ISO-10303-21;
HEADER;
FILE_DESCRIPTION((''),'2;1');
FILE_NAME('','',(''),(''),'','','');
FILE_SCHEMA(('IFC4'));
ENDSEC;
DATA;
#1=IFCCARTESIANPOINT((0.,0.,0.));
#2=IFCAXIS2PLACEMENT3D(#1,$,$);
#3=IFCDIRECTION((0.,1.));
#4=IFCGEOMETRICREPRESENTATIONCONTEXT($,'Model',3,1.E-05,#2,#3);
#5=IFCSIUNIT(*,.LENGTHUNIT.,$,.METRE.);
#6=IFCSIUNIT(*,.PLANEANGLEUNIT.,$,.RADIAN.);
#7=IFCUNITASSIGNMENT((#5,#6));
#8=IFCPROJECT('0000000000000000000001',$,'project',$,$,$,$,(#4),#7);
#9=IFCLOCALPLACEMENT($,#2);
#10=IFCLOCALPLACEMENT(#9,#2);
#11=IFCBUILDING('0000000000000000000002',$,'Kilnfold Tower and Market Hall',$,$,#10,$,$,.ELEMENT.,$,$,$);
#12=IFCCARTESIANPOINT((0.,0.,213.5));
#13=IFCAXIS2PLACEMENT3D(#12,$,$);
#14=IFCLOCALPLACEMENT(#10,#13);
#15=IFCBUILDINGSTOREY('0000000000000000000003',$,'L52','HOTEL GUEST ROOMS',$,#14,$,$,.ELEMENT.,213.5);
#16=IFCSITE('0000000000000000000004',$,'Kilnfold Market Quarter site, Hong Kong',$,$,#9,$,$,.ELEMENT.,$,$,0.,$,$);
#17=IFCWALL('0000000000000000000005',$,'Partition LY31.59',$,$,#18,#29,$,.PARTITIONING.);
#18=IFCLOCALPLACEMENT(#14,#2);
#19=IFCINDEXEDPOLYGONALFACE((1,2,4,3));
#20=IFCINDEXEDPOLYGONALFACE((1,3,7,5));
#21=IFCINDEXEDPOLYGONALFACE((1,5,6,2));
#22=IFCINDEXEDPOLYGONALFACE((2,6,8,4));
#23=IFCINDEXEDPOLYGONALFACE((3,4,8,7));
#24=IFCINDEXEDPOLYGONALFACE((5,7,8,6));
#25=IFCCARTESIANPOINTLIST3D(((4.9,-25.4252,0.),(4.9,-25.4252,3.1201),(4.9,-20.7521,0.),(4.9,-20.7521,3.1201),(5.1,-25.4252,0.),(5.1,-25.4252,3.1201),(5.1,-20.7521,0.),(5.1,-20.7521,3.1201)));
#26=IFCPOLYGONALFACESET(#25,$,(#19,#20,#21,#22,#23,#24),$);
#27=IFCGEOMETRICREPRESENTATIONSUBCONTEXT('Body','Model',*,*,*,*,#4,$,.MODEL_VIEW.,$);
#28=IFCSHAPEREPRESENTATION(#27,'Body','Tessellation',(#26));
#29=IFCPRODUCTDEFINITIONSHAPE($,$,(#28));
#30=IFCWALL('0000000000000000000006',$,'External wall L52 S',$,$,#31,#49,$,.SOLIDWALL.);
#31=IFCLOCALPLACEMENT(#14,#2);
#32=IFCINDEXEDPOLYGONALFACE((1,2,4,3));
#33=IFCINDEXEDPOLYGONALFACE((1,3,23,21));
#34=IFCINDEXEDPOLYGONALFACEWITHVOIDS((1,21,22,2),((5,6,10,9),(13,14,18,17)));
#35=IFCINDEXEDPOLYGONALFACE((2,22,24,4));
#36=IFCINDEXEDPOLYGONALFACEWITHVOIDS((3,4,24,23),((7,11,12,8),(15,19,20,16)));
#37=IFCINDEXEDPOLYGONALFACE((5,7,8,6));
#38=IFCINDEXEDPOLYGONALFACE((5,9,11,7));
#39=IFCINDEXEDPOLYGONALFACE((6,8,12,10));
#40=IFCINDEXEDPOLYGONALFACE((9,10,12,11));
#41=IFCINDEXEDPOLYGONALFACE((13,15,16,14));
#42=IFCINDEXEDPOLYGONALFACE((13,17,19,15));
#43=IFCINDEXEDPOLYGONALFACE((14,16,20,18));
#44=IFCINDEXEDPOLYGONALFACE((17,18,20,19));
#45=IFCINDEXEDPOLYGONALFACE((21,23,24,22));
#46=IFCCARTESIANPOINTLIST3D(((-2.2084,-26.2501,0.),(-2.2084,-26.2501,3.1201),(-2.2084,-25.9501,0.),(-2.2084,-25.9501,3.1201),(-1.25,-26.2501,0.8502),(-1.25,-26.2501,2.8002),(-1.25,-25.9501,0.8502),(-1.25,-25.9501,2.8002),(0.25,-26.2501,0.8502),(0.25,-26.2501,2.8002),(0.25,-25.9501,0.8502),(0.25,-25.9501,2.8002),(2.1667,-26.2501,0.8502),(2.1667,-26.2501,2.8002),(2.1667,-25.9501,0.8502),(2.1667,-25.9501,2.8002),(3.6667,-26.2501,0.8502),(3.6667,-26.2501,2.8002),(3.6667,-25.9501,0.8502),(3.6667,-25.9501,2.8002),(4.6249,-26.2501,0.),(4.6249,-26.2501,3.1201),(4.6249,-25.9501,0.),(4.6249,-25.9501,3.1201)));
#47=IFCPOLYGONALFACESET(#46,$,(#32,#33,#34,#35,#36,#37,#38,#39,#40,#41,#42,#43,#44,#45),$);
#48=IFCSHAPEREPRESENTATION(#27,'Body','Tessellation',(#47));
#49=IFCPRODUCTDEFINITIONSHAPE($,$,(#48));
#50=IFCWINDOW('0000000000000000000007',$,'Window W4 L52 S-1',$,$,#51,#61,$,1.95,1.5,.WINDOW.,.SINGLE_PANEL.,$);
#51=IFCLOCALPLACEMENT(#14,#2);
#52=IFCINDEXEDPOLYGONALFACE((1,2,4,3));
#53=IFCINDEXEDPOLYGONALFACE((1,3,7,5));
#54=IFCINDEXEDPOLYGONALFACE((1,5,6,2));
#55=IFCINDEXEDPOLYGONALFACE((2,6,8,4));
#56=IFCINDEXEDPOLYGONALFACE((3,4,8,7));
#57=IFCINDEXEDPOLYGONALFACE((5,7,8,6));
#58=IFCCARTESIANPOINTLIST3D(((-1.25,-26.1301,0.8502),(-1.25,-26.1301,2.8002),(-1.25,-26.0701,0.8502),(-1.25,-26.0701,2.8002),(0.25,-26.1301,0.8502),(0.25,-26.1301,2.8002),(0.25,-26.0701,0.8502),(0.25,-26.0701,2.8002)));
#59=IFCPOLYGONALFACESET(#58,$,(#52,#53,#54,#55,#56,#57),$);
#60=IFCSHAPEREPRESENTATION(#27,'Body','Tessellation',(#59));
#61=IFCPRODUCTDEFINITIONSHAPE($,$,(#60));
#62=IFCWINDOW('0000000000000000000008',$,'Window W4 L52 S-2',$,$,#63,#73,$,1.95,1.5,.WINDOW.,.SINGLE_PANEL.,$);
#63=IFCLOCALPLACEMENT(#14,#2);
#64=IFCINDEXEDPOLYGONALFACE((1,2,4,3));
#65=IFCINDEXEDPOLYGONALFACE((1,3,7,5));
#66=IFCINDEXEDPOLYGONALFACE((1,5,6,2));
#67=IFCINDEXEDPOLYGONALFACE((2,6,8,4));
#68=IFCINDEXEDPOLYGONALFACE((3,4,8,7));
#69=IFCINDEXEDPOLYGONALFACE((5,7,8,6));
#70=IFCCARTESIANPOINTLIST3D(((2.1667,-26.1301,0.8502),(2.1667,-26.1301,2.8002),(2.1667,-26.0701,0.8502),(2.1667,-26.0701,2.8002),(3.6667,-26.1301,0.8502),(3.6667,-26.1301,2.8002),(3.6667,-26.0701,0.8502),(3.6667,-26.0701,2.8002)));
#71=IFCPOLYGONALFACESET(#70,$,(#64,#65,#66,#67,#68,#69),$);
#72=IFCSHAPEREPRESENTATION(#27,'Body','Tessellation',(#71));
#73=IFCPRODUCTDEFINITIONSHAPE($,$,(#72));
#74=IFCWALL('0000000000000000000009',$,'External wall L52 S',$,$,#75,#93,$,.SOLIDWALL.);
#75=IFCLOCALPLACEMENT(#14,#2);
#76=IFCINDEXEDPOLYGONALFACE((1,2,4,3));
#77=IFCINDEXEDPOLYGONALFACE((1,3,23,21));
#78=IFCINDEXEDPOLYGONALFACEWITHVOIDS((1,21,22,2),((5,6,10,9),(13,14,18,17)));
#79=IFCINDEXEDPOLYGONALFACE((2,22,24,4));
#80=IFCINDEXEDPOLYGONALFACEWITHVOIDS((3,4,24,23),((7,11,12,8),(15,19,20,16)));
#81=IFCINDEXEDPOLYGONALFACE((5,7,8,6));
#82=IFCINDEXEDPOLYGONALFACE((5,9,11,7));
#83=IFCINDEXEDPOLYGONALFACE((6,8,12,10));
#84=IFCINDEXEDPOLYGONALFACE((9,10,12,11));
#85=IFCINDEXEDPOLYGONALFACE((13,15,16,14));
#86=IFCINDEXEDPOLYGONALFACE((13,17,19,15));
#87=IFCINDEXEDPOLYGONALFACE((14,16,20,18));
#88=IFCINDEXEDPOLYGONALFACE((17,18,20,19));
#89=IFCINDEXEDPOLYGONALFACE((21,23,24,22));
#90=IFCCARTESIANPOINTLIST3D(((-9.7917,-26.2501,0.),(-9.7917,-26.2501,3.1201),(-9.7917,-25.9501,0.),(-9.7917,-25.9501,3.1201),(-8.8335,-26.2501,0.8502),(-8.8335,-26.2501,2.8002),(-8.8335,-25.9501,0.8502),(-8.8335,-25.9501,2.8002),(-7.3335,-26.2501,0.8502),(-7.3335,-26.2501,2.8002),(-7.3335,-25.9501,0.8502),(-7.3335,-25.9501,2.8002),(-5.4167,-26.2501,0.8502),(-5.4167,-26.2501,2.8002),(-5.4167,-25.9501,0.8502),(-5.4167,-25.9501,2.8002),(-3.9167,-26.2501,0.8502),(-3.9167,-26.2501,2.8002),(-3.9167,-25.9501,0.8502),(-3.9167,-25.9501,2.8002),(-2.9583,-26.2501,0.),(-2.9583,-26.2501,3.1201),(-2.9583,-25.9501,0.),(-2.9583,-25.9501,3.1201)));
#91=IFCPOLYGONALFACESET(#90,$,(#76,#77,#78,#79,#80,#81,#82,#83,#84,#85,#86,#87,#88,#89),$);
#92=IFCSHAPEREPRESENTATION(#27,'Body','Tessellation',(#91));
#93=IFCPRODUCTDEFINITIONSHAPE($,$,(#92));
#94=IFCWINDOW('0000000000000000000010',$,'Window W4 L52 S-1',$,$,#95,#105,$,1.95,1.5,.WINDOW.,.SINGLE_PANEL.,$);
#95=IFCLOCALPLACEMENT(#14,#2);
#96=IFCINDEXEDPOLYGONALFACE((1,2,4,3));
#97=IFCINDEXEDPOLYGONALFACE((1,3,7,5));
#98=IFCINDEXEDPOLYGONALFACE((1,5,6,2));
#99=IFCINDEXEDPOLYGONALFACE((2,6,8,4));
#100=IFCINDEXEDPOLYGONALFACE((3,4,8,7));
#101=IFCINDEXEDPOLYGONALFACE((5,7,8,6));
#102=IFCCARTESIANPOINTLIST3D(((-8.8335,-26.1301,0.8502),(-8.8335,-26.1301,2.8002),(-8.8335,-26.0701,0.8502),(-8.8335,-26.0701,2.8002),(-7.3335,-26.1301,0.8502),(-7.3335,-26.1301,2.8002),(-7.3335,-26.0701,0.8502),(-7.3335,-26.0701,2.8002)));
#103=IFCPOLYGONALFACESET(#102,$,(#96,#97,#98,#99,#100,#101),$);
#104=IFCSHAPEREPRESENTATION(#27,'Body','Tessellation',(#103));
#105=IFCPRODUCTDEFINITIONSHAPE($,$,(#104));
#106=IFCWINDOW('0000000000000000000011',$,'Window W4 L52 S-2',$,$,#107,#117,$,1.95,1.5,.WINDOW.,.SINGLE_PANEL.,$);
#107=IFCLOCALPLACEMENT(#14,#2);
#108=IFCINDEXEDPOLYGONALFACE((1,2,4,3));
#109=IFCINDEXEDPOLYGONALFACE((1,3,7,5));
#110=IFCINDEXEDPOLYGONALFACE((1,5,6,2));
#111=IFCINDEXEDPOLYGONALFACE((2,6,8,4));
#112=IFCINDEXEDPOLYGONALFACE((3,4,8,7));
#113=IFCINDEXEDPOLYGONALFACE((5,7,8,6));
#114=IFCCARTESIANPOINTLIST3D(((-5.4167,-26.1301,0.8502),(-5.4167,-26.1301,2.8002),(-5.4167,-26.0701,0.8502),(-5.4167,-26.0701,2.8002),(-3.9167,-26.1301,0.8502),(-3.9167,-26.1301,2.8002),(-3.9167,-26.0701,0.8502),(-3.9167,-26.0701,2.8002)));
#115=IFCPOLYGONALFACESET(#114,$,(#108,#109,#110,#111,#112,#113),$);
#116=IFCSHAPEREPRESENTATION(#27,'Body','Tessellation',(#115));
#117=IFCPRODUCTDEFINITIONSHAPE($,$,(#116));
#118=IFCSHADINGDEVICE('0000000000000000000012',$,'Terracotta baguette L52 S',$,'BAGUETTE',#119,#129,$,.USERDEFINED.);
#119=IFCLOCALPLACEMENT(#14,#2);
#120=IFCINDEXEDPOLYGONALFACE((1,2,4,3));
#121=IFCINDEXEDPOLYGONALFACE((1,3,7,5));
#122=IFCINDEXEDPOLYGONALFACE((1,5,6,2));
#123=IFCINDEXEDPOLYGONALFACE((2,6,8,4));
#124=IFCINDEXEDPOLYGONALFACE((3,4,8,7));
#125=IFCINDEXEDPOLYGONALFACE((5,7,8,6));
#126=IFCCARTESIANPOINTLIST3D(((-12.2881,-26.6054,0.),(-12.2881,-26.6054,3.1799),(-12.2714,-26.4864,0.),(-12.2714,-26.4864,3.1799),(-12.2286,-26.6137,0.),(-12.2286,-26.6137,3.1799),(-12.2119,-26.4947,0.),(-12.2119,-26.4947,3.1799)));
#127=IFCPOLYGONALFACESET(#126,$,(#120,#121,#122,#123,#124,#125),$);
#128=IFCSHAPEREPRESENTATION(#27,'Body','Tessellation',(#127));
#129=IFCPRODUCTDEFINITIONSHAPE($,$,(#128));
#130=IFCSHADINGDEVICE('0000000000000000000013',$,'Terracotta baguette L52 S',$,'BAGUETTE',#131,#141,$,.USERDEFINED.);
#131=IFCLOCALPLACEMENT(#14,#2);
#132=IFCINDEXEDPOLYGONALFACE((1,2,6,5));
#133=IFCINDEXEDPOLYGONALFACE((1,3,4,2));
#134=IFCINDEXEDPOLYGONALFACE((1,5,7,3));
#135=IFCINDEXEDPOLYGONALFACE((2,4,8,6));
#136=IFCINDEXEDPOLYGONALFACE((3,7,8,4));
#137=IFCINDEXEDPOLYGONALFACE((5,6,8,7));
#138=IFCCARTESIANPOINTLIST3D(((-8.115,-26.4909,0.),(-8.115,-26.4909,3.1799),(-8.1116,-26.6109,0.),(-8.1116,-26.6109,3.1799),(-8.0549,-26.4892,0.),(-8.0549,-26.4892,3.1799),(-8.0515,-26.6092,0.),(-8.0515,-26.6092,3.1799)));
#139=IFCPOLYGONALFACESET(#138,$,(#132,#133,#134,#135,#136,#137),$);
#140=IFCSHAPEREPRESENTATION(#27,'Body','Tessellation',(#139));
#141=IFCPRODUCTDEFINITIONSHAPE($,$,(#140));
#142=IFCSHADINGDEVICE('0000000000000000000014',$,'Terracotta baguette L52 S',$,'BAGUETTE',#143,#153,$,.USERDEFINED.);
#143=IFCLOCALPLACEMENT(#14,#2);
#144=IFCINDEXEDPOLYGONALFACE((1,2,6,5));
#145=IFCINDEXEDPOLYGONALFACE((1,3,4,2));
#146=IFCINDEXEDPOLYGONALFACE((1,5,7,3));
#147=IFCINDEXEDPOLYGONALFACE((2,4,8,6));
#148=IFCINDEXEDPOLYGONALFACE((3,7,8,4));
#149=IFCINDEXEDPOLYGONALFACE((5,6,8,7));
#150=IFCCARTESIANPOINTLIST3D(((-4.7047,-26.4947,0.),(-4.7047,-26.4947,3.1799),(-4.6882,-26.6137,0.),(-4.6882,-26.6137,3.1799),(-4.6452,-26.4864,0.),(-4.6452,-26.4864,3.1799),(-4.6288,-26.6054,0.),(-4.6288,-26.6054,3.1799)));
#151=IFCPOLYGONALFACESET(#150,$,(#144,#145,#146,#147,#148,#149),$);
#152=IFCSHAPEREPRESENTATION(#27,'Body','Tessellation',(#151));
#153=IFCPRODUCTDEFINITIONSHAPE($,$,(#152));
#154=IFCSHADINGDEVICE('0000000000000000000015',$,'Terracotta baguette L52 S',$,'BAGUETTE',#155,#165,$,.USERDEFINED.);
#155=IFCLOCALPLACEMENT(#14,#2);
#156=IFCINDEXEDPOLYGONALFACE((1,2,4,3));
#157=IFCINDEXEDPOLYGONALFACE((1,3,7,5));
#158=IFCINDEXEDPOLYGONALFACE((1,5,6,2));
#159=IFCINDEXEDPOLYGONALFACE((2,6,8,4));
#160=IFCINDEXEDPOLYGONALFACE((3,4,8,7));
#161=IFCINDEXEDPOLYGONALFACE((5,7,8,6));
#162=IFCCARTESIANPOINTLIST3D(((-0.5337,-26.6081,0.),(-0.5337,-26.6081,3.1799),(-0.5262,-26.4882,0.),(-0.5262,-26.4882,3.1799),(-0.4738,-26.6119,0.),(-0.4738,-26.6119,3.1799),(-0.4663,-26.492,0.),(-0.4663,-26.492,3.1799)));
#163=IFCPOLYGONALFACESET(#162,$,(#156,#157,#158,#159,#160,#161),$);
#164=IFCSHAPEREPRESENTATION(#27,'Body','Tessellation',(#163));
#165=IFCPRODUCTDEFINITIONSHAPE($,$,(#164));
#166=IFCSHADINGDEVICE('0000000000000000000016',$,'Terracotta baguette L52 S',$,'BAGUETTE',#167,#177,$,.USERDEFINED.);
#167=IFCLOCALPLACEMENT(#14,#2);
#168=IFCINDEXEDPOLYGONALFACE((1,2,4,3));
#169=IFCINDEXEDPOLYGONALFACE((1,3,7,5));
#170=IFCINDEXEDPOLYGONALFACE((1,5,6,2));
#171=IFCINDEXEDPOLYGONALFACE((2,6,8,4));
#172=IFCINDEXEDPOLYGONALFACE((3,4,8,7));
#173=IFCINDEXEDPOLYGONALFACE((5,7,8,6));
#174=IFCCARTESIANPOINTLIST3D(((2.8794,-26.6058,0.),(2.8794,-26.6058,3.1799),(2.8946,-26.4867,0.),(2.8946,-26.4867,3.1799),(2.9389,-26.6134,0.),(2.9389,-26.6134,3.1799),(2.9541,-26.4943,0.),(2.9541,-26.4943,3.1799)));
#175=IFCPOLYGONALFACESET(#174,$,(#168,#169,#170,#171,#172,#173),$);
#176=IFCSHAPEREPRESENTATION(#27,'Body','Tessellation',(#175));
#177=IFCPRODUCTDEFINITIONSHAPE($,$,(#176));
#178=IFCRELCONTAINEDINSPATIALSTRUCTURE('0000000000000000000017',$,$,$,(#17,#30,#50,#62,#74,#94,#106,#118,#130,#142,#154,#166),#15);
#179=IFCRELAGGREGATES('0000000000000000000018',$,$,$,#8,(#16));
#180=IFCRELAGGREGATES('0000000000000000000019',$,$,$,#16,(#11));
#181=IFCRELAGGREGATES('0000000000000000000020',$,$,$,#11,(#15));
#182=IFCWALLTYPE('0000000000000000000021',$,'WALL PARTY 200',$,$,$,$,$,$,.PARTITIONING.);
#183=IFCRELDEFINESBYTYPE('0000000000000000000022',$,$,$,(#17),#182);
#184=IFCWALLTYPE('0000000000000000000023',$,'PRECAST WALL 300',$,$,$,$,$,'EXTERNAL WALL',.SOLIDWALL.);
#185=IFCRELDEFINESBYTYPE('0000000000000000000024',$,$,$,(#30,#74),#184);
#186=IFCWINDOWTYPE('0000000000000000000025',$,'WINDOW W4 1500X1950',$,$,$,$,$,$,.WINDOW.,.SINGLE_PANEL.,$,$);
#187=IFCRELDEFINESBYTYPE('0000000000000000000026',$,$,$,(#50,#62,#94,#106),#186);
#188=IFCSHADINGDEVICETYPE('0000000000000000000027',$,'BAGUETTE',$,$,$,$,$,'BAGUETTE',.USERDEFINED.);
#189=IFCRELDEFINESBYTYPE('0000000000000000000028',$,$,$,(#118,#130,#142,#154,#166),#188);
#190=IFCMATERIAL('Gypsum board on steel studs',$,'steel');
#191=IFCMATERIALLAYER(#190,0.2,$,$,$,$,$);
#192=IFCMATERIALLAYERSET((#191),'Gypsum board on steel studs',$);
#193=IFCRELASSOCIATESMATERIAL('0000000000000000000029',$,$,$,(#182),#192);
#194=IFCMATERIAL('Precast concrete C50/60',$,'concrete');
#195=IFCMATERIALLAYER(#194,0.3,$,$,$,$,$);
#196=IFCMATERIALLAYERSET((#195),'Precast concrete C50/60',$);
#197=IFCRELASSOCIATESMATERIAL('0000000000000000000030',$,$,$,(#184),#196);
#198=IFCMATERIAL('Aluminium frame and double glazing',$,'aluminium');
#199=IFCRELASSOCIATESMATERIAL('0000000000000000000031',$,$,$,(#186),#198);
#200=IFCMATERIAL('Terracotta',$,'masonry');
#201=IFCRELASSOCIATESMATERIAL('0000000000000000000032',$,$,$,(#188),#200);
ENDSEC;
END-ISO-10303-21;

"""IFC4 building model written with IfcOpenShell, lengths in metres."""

from ifc_helpers import new_model, si_unit, direction, frame, frame_2d, origin, origin_2d, place, context, subcontext, project, spatial, rectangle, extrude, source, transform, mapped, material, layer, layer_set, material_profile, profile_set, type_object, element, fill, save


model = new_model("IFC4")

# Units and contexts
model_context = context("Model", 3, precision=1e-05, world=origin(), true_north=direction((0.0, 1.0)))
body_context = subcontext(model_context, "Body", "Model", "MODEL_VIEW")
ifc_project = project(units=[si_unit("LENGTHUNIT", "METRE"), si_unit("PLANEANGLEUNIT", "RADIAN")], contexts=[model_context])

# Site, building, storey
site_placement = place(None, origin())
site = spatial("IfcSite", under=ifc_project, at=site_placement, Name="Kilnfold Market Quarter site, Hong Kong", CompositionType="ELEMENT", RefElevation=0.0)
building_placement = place(site_placement, origin())
building = spatial("IfcBuilding", under=site, at=building_placement, Name="Kilnfold Tower and Market Hall", CompositionType="ELEMENT")
storey_placement = place(building_placement, frame((0.0, 0.0, 213.5)))
storey = spatial("IfcBuildingStorey", under=building, at=storey_placement, Name="L52", Description="HOTEL GUEST ROOMS", CompositionType="ELEMENT", Elevation=213.5)

# Wall
ifc_material_1 = material(Name="Gypsum board on steel studs", Category="steel")
ifc_layer_1 = layer(ifc_material_1, 0.2)
ifc_layer_set_1 = layer_set([ifc_layer_1], Name="Gypsum board on steel studs")
wall_type_1 = type_object("IfcWallType", Name="WALL PARTY 200", PredefinedType="PARTITIONING", material=ifc_layer_set_1)
wall_1_placement = place(storey_placement, frame((5.0, -25.425, 0.0), z_axis=(0.0, 0.0, 1.0), x_axis=(0.0, 1.0, 0.0)))
element("IfcWall", 1, at=wall_1_placement, inside=storey, type_object=wall_type_1, Name="Partition LY31.59", PredefinedType="PARTITIONING", context=body_context, shape_type="SweptSolid", body=[
    extrude(rectangle(XDim=4.6731, YDim=0.2, at=frame_2d((2.3364, 0.0))), origin(), (0.0, 0.0, 1.0), 3.1201),
])

# Walls, openings, windows
ifc_material_2 = material(Name="Precast concrete C50/60", Category="concrete")
ifc_layer_2 = layer(ifc_material_2, 0.3)
ifc_layer_set_2 = layer_set([ifc_layer_2], Name="Precast concrete C50/60")
wall_type_2 = type_object("IfcWallType", Name="PRECAST WALL 300", ElementType="EXTERNAL WALL", PredefinedType="SOLIDWALL", material=ifc_layer_set_2)
shared_shape_1 = source(origin(), body_context, "Body", "SweptSolid", [
    extrude(rectangle(XDim=6.8333, YDim=0.3, at=frame_2d((3.4165, 0.0))), origin(), (0.0, 0.0, 1.0), 3.1201),
])
wall_2_placement = place(storey_placement, frame((-2.2083, -26.1001, 0.0), z_axis=(0.0, 0.0, 1.0), x_axis=(1.0, 0.0, 0.0)))
wall_2 = element("IfcWall", 2, at=wall_2_placement, inside=storey, type_object=wall_type_2, Name="External wall L52 S", PredefinedType="SOLIDWALL", context=body_context, shape_type="MappedRepresentation", body=[
    mapped(shared_shape_1, transform((0.0, 0.0, 0.0))),
])
opening_1_placement = place(wall_2_placement, frame((0.9583, 0.0, 0.8501)))
opening_1 = element("IfcOpeningElement", 3, at=opening_1_placement, cuts=wall_2, PredefinedType="OPENING", context=body_context, shape_type="SweptSolid", body=[
    extrude(rectangle(XDim=1.5, YDim=1.95, at=frame_2d((0.75, 0.9751))), frame((0.0, 0.1602, 0.0), z_axis=(0.0, -1.0, 0.0), x_axis=(1.0, 0.0, 0.0)), (0.0, 0.0, 1.0), 0.3201),
])
opening_2_placement = place(wall_2_placement, frame((4.375, 0.0, 0.8501)))
opening_2 = element("IfcOpeningElement", 4, at=opening_2_placement, cuts=wall_2, PredefinedType="OPENING", context=body_context, shape_type="SweptSolid", body=[
    extrude(rectangle(XDim=1.5, YDim=1.95, at=frame_2d((0.75, 0.9751))), frame((0.0, 0.1602, 0.0), z_axis=(0.0, -1.0, 0.0), x_axis=(1.0, 0.0, 0.0)), (0.0, 0.0, 1.0), 0.3201),
])
ifc_material_3 = material(Name="Aluminium frame and double glazing", Category="aluminium")
window_type = type_object("IfcWindowType", Name="WINDOW W4 1500X1950", PartitioningType="SINGLE_PANEL", PredefinedType="WINDOW", material=ifc_material_3)
window_1_placement = place(opening_1_placement, origin())
window_1 = element("IfcWindow", 5, at=window_1_placement, inside=storey, type_object=window_type, Name="Window W4 L52 S-1", OverallHeight=1.95, OverallWidth=1.5, PartitioningType="SINGLE_PANEL", PredefinedType="WINDOW", context=body_context, shape_type="SweptSolid", body=[
    extrude(rectangle(XDim=1.5, YDim=1.95, at=frame_2d((0.75, 0.9751))), frame((0.0, 0.03, 0.0), z_axis=(0.0, -1.0, 0.0), x_axis=(1.0, 0.0, 0.0)), (0.0, 0.0, 1.0), 0.0601),
])
fill(opening_1, window_1)
window_2_placement = place(opening_2_placement, origin())
window_2 = element("IfcWindow", 6, at=window_2_placement, inside=storey, type_object=window_type, Name="Window W4 L52 S-2", OverallHeight=1.95, OverallWidth=1.5, PartitioningType="SINGLE_PANEL", PredefinedType="WINDOW", context=body_context, shape_type="SweptSolid", body=[
    extrude(rectangle(XDim=1.5, YDim=1.95, at=frame_2d((0.75, 0.9751))), frame((0.0, 0.03, 0.0), z_axis=(0.0, -1.0, 0.0), x_axis=(1.0, 0.0, 0.0)), (0.0, 0.0, 1.0), 0.0601),
])
fill(opening_2, window_2)
shared_shape_2 = source(origin(), body_context, "Body", "SweptSolid", [
    extrude(rectangle(XDim=6.8335, YDim=0.3, at=frame_2d((3.4167, 0.0))), origin(), (0.0, 0.0, 1.0), 3.1201),
])
wall_3_placement = place(storey_placement, frame((-9.7917, -26.1001, 0.0), z_axis=(0.0, 0.0, 1.0), x_axis=(1.0, 0.0, 0.0)))
wall_3 = element("IfcWall", 7, at=wall_3_placement, inside=storey, type_object=wall_type_2, Name="External wall L52 S", PredefinedType="SOLIDWALL", context=body_context, shape_type="MappedRepresentation", body=[
    mapped(shared_shape_2, transform((0.0, 0.0, 0.0))),
])
opening_3_placement = place(wall_3_placement, frame((0.9583, 0.0, 0.8501)))
opening_3 = element("IfcOpeningElement", 8, at=opening_3_placement, cuts=wall_3, PredefinedType="OPENING", context=body_context, shape_type="SweptSolid", body=[
    extrude(rectangle(XDim=1.5, YDim=1.95, at=frame_2d((0.75, 0.9751))), frame((0.0, 0.1602, 0.0), z_axis=(0.0, -1.0, 0.0), x_axis=(1.0, 0.0, 0.0)), (0.0, 0.0, 1.0), 0.3201),
])
opening_4_placement = place(wall_3_placement, frame((4.375, 0.0, 0.8501)))
opening_4 = element("IfcOpeningElement", 9, at=opening_4_placement, cuts=wall_3, PredefinedType="OPENING", context=body_context, shape_type="SweptSolid", body=[
    extrude(rectangle(XDim=1.5, YDim=1.95, at=frame_2d((0.75, 0.9751))), frame((0.0, 0.1602, 0.0), z_axis=(0.0, -1.0, 0.0), x_axis=(1.0, 0.0, 0.0)), (0.0, 0.0, 1.0), 0.3201),
])
window_3_placement = place(opening_3_placement, origin())
window_3 = element("IfcWindow", 10, at=window_3_placement, inside=storey, type_object=window_type, Name="Window W4 L52 S-1", OverallHeight=1.95, OverallWidth=1.5, PartitioningType="SINGLE_PANEL", PredefinedType="WINDOW", context=body_context, shape_type="SweptSolid", body=[
    extrude(rectangle(XDim=1.5, YDim=1.95, at=frame_2d((0.75, 0.9751))), frame((0.0, 0.03, 0.0), z_axis=(0.0, -1.0, 0.0), x_axis=(1.0, 0.0, 0.0)), (0.0, 0.0, 1.0), 0.0601),
])
fill(opening_3, window_3)
window_4_placement = place(opening_4_placement, origin())
window_4 = element("IfcWindow", 11, at=window_4_placement, inside=storey, type_object=window_type, Name="Window W4 L52 S-2", OverallHeight=1.95, OverallWidth=1.5, PartitioningType="SINGLE_PANEL", PredefinedType="WINDOW", context=body_context, shape_type="SweptSolid", body=[
    extrude(rectangle(XDim=1.5, YDim=1.95, at=frame_2d((0.75, 0.9751))), frame((0.0, 0.03, 0.0), z_axis=(0.0, -1.0, 0.0), x_axis=(1.0, 0.0, 0.0)), (0.0, 0.0, 1.0), 0.0601),
])
fill(opening_4, window_4)

# Shading devices
ifc_material_4 = material(Name="Terracotta", Category="masonry")
ifc_material_profile_1 = material_profile(ifc_material_4, rectangle(XDim=0.0601, YDim=0.1201, at=origin_2d()), Name="BAG 60x120")
ifc_profile_set_1 = profile_set([ifc_material_profile_1], Name="Terracotta")
shading_device_type = type_object("IfcShadingDeviceType", Name="BAGUETTE", ElementType="BAGUETTE", PredefinedType="USERDEFINED", material=ifc_profile_set_1)
shared_shape_3 = source(origin(), body_context, "Body", "SweptSolid", [
    extrude(rectangle(XDim=0.0601, YDim=0.1201, at=origin_2d()), origin(), (0.0, 0.0, 1.0), 3.1799),
])
for number, where, z_axis, x_axis, name in (
    (12, (-12.25, -26.55, 0.0), (0.0, 0.0, 1.0), (0.990356, -0.138547, 0.0), "Terracotta baguette L52 S"),
    (13, (-8.0833, -26.55, 0.0), (0.0, 0.0, 1.0), (0.9996, 0.02829, 0.0), "Terracotta baguette L52 S"),
    (14, (-4.6667, -26.55, 0.0), (0.0, 0.0, 1.0), (0.990535, 0.137258, 0.0), "Terracotta baguette L52 S"),
    (15, (-0.5, -26.55, 0.0), (0.0, 0.0, 1.0), (0.998034, -0.062677, 0.0), "Terracotta baguette L52 S"),
    (16, (2.9167, -26.55, 0.0), (0.0, 0.0, 1.0), (0.991946, -0.126665, 0.0), "Terracotta baguette L52 S"),
):
    element("IfcShadingDevice", number, at=place(storey_placement, frame(where, z_axis=z_axis, x_axis=x_axis)), inside=storey, type_object=shading_device_type, Name=name, ObjectType="BAGUETTE", PredefinedType="USERDEFINED", context=body_context, shape_type="MappedRepresentation", body=[
        mapped(shared_shape_3, transform((0.0, 0.0, 0.0))),
    ])

save(model, "model.ifc")
